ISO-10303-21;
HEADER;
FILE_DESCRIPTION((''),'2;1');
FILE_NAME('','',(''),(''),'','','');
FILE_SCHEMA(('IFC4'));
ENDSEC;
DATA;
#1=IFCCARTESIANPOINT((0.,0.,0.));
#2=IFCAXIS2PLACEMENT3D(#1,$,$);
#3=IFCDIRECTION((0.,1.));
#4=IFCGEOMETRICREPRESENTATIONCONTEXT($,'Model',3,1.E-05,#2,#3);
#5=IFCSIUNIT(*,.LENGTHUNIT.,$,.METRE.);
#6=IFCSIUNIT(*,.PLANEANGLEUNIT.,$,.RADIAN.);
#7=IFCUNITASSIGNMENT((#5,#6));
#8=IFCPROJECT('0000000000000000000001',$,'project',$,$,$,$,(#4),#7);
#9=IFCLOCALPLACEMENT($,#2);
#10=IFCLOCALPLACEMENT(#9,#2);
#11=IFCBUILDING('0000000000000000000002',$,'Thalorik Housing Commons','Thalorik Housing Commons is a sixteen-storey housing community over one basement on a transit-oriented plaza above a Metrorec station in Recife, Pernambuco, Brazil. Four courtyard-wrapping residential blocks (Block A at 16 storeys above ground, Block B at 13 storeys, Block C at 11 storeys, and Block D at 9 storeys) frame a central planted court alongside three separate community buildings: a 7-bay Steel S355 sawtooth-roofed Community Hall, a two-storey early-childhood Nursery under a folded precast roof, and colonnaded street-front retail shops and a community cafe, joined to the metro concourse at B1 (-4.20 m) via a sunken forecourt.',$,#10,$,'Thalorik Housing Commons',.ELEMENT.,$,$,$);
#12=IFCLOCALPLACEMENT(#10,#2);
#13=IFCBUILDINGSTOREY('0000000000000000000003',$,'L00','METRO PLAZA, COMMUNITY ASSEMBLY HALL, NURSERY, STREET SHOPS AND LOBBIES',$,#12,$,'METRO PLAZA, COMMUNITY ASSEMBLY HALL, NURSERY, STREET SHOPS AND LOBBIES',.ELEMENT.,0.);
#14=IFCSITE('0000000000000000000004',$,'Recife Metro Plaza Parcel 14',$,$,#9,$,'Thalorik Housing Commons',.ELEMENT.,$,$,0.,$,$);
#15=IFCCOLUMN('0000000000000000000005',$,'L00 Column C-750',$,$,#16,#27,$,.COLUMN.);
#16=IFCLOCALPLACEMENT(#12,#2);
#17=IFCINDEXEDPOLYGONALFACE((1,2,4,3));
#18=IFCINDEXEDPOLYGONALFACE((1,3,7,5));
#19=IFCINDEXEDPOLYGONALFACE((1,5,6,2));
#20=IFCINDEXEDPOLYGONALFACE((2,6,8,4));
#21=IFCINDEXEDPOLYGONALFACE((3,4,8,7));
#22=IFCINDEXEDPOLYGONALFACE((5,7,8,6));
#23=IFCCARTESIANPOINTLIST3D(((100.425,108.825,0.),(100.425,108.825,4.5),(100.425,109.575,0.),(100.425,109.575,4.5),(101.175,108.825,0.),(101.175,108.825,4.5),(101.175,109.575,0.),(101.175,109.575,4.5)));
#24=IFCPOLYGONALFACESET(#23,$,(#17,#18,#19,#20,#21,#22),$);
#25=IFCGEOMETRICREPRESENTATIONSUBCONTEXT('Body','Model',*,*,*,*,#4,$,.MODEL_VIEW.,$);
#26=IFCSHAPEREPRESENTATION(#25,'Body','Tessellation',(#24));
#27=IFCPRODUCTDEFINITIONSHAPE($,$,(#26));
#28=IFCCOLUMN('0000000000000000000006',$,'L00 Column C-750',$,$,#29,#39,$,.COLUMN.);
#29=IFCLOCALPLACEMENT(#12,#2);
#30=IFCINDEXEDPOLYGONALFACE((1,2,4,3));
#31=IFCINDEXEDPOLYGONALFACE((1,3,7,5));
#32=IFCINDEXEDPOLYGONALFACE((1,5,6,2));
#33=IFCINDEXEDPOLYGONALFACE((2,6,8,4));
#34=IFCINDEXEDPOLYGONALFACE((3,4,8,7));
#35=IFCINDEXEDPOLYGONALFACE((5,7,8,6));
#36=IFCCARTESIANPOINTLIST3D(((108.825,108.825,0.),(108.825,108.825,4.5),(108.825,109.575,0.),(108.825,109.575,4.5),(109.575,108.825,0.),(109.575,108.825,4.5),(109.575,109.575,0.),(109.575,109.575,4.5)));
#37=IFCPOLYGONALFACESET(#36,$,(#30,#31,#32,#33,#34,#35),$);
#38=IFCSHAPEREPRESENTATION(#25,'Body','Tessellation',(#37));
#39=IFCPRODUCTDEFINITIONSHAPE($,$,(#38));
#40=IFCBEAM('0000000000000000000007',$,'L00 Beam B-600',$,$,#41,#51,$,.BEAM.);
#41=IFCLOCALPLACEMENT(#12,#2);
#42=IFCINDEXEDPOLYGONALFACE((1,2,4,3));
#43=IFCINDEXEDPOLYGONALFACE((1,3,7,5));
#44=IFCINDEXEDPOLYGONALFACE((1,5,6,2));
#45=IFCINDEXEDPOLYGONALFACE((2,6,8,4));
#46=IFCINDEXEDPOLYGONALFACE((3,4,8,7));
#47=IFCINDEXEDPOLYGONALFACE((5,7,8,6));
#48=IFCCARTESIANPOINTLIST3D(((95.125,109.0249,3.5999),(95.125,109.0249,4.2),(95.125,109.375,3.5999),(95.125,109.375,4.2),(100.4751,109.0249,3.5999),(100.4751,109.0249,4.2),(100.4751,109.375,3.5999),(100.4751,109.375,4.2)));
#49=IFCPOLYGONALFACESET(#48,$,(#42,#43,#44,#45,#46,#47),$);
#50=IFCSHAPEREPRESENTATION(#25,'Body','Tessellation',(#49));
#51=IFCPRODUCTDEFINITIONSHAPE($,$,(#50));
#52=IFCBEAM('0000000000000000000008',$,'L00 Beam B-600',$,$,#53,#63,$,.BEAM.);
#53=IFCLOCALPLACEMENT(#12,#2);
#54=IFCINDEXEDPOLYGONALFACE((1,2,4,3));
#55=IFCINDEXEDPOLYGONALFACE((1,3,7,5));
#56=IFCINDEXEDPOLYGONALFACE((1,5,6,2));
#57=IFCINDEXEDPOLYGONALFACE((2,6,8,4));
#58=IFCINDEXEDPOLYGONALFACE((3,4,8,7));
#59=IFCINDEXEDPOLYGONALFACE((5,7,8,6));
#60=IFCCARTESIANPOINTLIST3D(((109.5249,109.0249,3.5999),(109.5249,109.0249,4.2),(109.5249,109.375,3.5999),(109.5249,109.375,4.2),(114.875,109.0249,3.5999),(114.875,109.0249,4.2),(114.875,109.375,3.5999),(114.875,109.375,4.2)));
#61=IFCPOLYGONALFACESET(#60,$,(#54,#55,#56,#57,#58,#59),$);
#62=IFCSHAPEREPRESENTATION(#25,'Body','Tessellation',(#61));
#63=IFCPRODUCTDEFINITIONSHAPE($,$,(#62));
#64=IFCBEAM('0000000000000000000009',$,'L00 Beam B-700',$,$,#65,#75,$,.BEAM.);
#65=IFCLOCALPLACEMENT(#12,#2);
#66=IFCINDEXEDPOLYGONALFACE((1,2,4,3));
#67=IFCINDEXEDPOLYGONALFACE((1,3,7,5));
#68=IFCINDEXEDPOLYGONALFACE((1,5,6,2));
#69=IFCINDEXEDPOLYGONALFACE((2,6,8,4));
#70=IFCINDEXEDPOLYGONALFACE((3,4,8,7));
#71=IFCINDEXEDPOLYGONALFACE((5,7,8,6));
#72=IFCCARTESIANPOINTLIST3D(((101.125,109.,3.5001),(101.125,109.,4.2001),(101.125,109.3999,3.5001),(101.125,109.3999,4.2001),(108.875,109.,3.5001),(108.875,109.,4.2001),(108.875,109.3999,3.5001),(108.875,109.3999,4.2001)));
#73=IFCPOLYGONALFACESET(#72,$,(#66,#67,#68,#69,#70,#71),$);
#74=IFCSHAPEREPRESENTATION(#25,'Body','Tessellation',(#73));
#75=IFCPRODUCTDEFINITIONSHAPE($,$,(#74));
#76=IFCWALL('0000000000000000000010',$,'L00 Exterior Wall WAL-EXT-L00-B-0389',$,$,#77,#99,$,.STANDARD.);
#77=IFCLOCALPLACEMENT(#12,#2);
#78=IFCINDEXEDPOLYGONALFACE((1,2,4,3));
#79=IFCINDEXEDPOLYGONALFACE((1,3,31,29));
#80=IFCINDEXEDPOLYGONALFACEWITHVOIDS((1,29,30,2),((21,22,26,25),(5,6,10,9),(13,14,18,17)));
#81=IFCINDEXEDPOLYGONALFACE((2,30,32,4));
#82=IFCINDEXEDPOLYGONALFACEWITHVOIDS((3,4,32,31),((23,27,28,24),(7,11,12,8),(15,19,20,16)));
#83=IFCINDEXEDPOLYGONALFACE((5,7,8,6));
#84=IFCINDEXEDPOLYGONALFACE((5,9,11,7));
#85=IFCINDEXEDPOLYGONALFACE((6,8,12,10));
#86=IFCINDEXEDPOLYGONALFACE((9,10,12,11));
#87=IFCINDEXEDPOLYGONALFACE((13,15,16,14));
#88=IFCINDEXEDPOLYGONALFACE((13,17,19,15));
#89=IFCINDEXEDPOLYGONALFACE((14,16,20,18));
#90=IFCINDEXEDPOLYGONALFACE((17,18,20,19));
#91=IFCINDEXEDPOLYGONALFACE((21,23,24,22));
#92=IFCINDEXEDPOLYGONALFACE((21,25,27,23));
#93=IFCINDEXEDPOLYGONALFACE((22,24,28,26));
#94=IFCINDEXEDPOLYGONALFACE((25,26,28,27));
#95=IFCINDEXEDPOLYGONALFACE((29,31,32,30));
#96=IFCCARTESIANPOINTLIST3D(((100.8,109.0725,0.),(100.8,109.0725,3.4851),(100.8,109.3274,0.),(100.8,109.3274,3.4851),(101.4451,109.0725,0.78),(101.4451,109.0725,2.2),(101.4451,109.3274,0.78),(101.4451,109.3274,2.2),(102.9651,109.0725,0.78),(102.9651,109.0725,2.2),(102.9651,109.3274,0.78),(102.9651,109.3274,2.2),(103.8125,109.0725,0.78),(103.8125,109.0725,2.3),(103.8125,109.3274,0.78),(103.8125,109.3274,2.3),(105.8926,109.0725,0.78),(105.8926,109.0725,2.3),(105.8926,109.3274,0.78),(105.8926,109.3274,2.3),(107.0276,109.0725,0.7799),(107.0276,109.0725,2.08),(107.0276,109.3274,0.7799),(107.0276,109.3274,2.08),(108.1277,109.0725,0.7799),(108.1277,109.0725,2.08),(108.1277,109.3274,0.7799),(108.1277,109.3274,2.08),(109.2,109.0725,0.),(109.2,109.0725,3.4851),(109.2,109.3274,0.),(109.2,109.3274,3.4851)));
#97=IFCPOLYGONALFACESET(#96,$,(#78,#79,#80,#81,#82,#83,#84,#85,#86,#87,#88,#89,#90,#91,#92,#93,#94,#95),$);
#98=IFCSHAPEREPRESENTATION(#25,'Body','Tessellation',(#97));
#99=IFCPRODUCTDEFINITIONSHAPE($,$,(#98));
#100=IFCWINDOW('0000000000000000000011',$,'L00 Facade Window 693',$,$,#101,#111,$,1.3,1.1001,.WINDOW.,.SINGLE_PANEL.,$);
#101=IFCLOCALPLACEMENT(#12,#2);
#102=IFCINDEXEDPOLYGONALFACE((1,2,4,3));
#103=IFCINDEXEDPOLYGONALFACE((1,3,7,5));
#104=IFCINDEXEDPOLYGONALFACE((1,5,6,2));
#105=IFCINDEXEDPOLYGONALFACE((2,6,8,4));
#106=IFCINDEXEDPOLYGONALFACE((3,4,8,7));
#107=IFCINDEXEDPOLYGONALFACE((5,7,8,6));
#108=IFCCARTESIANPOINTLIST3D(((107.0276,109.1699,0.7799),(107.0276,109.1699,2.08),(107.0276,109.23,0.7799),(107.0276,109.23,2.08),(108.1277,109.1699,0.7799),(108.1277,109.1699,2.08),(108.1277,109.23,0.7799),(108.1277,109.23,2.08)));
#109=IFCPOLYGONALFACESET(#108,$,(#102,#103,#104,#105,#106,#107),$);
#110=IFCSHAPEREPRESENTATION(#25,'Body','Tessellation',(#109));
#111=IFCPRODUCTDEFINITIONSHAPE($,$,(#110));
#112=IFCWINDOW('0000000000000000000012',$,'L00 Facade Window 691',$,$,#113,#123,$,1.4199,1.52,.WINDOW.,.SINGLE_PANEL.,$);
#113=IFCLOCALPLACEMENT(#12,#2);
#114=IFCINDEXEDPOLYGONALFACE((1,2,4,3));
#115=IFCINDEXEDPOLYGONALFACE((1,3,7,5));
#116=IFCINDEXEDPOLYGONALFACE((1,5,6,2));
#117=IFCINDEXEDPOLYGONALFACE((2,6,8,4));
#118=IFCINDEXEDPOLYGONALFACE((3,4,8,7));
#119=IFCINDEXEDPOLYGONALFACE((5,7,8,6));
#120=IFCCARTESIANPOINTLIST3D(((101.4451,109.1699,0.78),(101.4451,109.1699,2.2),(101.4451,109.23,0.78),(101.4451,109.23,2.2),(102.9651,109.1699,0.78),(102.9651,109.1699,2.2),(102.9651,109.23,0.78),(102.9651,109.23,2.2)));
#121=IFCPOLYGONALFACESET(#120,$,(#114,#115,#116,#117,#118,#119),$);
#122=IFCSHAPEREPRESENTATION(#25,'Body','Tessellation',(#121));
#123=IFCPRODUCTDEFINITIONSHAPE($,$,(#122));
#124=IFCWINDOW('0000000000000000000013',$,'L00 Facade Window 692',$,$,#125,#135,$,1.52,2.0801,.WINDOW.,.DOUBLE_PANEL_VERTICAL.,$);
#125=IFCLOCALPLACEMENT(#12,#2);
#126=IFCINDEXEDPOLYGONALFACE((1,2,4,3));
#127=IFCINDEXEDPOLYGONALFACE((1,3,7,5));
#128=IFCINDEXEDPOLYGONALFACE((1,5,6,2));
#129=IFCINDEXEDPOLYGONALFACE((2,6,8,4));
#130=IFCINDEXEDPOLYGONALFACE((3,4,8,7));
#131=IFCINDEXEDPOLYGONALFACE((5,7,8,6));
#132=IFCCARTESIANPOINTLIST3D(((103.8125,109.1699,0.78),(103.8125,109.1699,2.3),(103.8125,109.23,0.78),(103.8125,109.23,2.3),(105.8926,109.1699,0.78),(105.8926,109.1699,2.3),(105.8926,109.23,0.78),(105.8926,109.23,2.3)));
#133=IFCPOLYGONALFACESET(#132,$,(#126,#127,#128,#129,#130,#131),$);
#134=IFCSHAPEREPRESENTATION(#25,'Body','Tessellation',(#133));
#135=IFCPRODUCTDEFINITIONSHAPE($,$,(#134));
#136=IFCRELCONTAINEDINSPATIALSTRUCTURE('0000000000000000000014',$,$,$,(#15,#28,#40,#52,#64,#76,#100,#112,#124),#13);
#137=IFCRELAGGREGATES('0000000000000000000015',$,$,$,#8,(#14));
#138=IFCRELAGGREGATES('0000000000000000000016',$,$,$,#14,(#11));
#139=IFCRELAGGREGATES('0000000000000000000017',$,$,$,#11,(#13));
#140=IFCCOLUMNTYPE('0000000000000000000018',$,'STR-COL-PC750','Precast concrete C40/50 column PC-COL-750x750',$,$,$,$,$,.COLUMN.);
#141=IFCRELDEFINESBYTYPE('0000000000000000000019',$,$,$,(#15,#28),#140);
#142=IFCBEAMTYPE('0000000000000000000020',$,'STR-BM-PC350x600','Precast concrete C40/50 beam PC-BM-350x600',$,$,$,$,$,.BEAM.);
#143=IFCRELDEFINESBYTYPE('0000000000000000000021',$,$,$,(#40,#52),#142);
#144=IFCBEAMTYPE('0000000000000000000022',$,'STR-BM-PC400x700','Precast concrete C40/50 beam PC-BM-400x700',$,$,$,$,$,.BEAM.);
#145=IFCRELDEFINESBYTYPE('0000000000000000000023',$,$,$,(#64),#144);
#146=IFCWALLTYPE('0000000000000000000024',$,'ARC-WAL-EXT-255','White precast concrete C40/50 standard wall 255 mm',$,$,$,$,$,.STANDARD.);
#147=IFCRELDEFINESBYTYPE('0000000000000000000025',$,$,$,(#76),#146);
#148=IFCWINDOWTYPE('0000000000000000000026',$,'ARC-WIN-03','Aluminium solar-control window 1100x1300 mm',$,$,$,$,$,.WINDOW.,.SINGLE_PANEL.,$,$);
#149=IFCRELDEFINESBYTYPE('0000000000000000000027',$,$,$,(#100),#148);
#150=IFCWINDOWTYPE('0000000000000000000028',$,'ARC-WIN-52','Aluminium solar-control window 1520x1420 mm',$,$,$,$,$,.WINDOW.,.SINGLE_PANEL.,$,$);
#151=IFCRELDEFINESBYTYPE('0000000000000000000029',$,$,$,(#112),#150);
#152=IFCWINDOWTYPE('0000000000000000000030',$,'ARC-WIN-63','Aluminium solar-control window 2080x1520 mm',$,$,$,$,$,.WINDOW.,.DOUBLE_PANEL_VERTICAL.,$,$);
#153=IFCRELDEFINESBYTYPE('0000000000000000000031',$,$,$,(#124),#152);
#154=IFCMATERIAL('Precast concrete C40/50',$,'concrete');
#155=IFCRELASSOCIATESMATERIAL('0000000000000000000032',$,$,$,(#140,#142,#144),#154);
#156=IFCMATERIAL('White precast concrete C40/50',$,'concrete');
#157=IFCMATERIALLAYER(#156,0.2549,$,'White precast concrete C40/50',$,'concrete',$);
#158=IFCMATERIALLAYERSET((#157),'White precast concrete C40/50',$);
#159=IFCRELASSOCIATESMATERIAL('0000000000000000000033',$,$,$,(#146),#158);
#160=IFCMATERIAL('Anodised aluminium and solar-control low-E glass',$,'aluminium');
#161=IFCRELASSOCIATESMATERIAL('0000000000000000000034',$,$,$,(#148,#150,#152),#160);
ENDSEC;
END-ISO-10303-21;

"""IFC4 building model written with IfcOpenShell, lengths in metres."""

from ifc_helpers import new_model, si_unit, direction, frame, frame_2d, origin, origin_2d, place, context, subcontext, project, spatial, rectangle, extrude, material, layer, layer_set, material_profile, profile_set, type_object, element, fill, save


model = new_model("IFC4")

# Units and contexts
model_context = context("Model", 3, precision=1e-05, world=origin(), true_north=direction((0.0, 1.0)))
body_context = subcontext(model_context, "Body", "Model", "MODEL_VIEW")
ifc_project = project(units=[si_unit("LENGTHUNIT", "METRE"), si_unit("PLANEANGLEUNIT", "RADIAN")], contexts=[model_context])

# Site, building, storey
site_placement = place(None, origin())
site = spatial("IfcSite", under=ifc_project, at=site_placement, Name="Recife Metro Plaza Parcel 14", LongName="Thalorik Housing Commons", CompositionType="ELEMENT", RefElevation=0.0)
building_placement = place(site_placement, origin())
building = spatial("IfcBuilding", under=site, at=building_placement, Name="Thalorik Housing Commons", Description="Thalorik Housing Commons is a sixteen-storey housing community over one basement on a transit-oriented plaza above a Metrorec station in Recife, Pernambuco, Brazil. Four courtyard-wrapping residential blocks (Block A at 16 storeys above ground, Block B at 13 storeys, Block C at 11 storeys, and Block D at 9 storeys) frame a central planted court alongside three separate community buildings: a 7-bay Steel S355 sawtooth-roofed Community Hall, a two-storey early-childhood Nursery under a folded precast roof, and colonnaded street-front retail shops and a community cafe, joined to the metro concourse at B1 (-4.20 m) via a sunken forecourt.", LongName="Thalorik Housing Commons", CompositionType="ELEMENT")
storey_placement = place(building_placement, origin())
storey = spatial("IfcBuildingStorey", under=building, at=storey_placement, Name="L00", Description="METRO PLAZA, COMMUNITY ASSEMBLY HALL, NURSERY, STREET SHOPS AND LOBBIES", LongName="METRO PLAZA, COMMUNITY ASSEMBLY HALL, NURSERY, STREET SHOPS AND LOBBIES", CompositionType="ELEMENT", Elevation=0.0)

# Columns
ifc_material_1 = material(Name="Precast concrete C40/50", Category="concrete")
ifc_material_profile_1 = material_profile(ifc_material_1, rectangle(XDim=0.75, YDim=0.75, at=origin_2d()), Name="PC 750x750", Category="concrete")
ifc_profile_set_1 = profile_set([ifc_material_profile_1], Name="Precast concrete C40/50")
column_type = type_object("IfcColumnType", Name="STR-COL-PC750", Description="Precast concrete C40/50 column PC-COL-750x750", PredefinedType="COLUMN", material=ifc_profile_set_1)
for number, where, z_axis, x_axis, name in (
    (1, (100.8, 109.2, 0.0), (0.0, 0.0, 1.0), (1.0, 0.0, 0.0), "L00 Column C-750"),
    (2, (109.2, 109.2, 0.0), (0.0, 0.0, 1.0), (1.0, 0.0, 0.0), "L00 Column C-750"),
):
    element("IfcColumn", number, at=place(storey_placement, frame(where, z_axis=z_axis, x_axis=x_axis)), inside=storey, type_object=column_type, Name=name, PredefinedType="COLUMN", context=body_context, shape_type="SweptSolid", body=[
        extrude(rectangle(XDim=0.75, YDim=0.75, at=origin_2d()), origin(), (0.0, 0.0, 1.0), 4.5),
    ])

# Beams
ifc_material_profile_2 = material_profile(ifc_material_1, rectangle(XDim=0.3501, YDim=0.6001, at=origin_2d()), Name="PC 350x600", Category="concrete")
ifc_profile_set_2 = profile_set([ifc_material_profile_2], Name="Precast concrete C40/50")
beam_type_1 = type_object("IfcBeamType", Name="STR-BM-PC350x600", Description="Precast concrete C40/50 beam PC-BM-350x600", PredefinedType="BEAM", material=ifc_profile_set_2)
for number, where, z_axis, x_axis, name in (
    (3, (95.125, 109.2, 3.8999), (1.0, 0.0, 0.0), (0.0, 1.0, 0.0), "L00 Beam B-600"),
    (4, (109.5249, 109.2, 3.8999), (1.0, 0.0, 0.0), (0.0, 1.0, 0.0), "L00 Beam B-600"),
):
    element("IfcBeam", number, at=place(storey_placement, frame(where, z_axis=z_axis, x_axis=x_axis)), inside=storey, type_object=beam_type_1, Name=name, PredefinedType="BEAM", context=body_context, shape_type="SweptSolid", body=[
        extrude(rectangle(XDim=0.3501, YDim=0.6001, at=origin_2d()), origin(), (0.0, 0.0, 1.0), 5.3501),
    ])
ifc_material_profile_3 = material_profile(ifc_material_1, rectangle(XDim=0.3999, YDim=0.7, at=origin_2d()), Name="PC 400x700", Category="concrete")
ifc_profile_set_3 = profile_set([ifc_material_profile_3], Name="Precast concrete C40/50")
beam_type_2 = type_object("IfcBeamType", Name="STR-BM-PC400x700", Description="Precast concrete C40/50 beam PC-BM-400x700", PredefinedType="BEAM", material=ifc_profile_set_3)
beam_placement = place(storey_placement, frame((101.125, 109.2, 3.8501), z_axis=(1.0, 0.0, 0.0), x_axis=(0.0, 1.0, 0.0)))
element("IfcBeam", 5, at=beam_placement, inside=storey, type_object=beam_type_2, Name="L00 Beam B-700", PredefinedType="BEAM", context=body_context, shape_type="SweptSolid", body=[
    extrude(rectangle(XDim=0.3999, YDim=0.7, at=origin_2d()), origin(), (0.0, 0.0, 1.0), 7.75),
])

# Wall, openings, windows
ifc_material_2 = material(Name="White precast concrete C40/50", Category="concrete")
ifc_layer_1 = layer(ifc_material_2, 0.2549, Name="White precast concrete C40/50", Category="concrete")
ifc_layer_set_1 = layer_set([ifc_layer_1], Name="White precast concrete C40/50")
wall_type = type_object("IfcWallType", Name="ARC-WAL-EXT-255", Description="White precast concrete C40/50 standard wall 255 mm", PredefinedType="STANDARD", material=ifc_layer_set_1)
wall_1_placement = place(storey_placement, frame((100.8, 109.2, 0.0), z_axis=(0.0, 0.0, 1.0), x_axis=(1.0, 0.0, 0.0)))
wall_1 = element("IfcWall", 6, at=wall_1_placement, inside=storey, type_object=wall_type, Name="L00 Exterior Wall WAL-EXT-L00-B-0389", PredefinedType="STANDARD", context=body_context, shape_type="SweptSolid", body=[
    extrude(rectangle(XDim=8.3999, YDim=0.2549, at=frame_2d((4.2, 0.0))), origin(), (0.0, 0.0, 1.0), 3.4851),
])
opening_1_placement = place(wall_1_placement, frame((0.645, 0.0, 0.78)))
opening_1 = element("IfcOpeningElement", 7, at=opening_1_placement, cuts=wall_1, PredefinedType="OPENING", context=body_context, shape_type="SweptSolid", body=[
    extrude(rectangle(XDim=1.52, YDim=1.4199, at=frame_2d((0.76, 0.71))), frame((0.0, 0.1375, 0.0), z_axis=(0.0, -1.0, 0.0), x_axis=(1.0, 0.0, 0.0)), (0.0, 0.0, 1.0), 0.2749),
])
opening_2_placement = place(wall_1_placement, frame((3.0125, 0.0, 0.78)))
opening_2 = element("IfcOpeningElement", 8, at=opening_2_placement, cuts=wall_1, PredefinedType="OPENING", context=body_context, shape_type="SweptSolid", body=[
    extrude(rectangle(XDim=2.0801, YDim=1.52, at=frame_2d((1.04, 0.76))), frame((0.0, 0.1375, 0.0), z_axis=(0.0, -1.0, 0.0), x_axis=(1.0, 0.0, 0.0)), (0.0, 0.0, 1.0), 0.2749),
])
opening_3_placement = place(wall_1_placement, frame((6.2275, 0.0, 0.78)))
opening_3 = element("IfcOpeningElement", 9, at=opening_3_placement, cuts=wall_1, PredefinedType="OPENING", context=body_context, shape_type="SweptSolid", body=[
    extrude(rectangle(XDim=1.1001, YDim=1.3, at=frame_2d((0.55, 0.6499))), frame((0.0, 0.1375, 0.0), z_axis=(0.0, -1.0, 0.0), x_axis=(1.0, 0.0, 0.0)), (0.0, 0.0, 1.0), 0.2749),
])
ifc_material_3 = material(Name="Anodised aluminium and solar-control low-E glass", Category="aluminium")
window_type_1 = type_object("IfcWindowType", Name="ARC-WIN-03", Description="Aluminium solar-control window 1100x1300 mm", PartitioningType="SINGLE_PANEL", PredefinedType="WINDOW", material=ifc_material_3)
window_1_placement = place(opening_3_placement, origin())
window_1 = element("IfcWindow", 10, at=window_1_placement, inside=storey, type_object=window_type_1, Name="L00 Facade Window 693", OverallHeight=1.3, OverallWidth=1.1001, PartitioningType="SINGLE_PANEL", PredefinedType="WINDOW", context=body_context, shape_type="SweptSolid", body=[
    extrude(rectangle(XDim=1.1001, YDim=1.3, at=frame_2d((0.55, 0.6499))), frame((0.0, 0.03, 0.0), z_axis=(0.0, -1.0, 0.0), x_axis=(1.0, 0.0, 0.0)), (0.0, 0.0, 1.0), 0.0601),
])
fill(opening_3, window_1)
window_type_2 = type_object("IfcWindowType", Name="ARC-WIN-52", Description="Aluminium solar-control window 1520x1420 mm", PartitioningType="SINGLE_PANEL", PredefinedType="WINDOW", material=ifc_material_3)
window_2_placement = place(opening_1_placement, origin())
window_2 = element("IfcWindow", 11, at=window_2_placement, inside=storey, type_object=window_type_2, Name="L00 Facade Window 691", OverallHeight=1.4199, OverallWidth=1.52, PartitioningType="SINGLE_PANEL", PredefinedType="WINDOW", context=body_context, shape_type="SweptSolid", body=[
    extrude(rectangle(XDim=1.52, YDim=1.4199, at=frame_2d((0.76, 0.71))), frame((0.0, 0.03, 0.0), z_axis=(0.0, -1.0, 0.0), x_axis=(1.0, 0.0, 0.0)), (0.0, 0.0, 1.0), 0.0601),
])
fill(opening_1, window_2)
window_type_3 = type_object("IfcWindowType", Name="ARC-WIN-63", Description="Aluminium solar-control window 2080x1520 mm", PartitioningType="DOUBLE_PANEL_VERTICAL", PredefinedType="WINDOW", material=ifc_material_3)
window_3_placement = place(opening_2_placement, origin())
window_3 = element("IfcWindow", 12, at=window_3_placement, inside=storey, type_object=window_type_3, Name="L00 Facade Window 692", OverallHeight=1.52, OverallWidth=2.0801, PartitioningType="DOUBLE_PANEL_VERTICAL", PredefinedType="WINDOW", context=body_context, shape_type="SweptSolid", body=[
    extrude(rectangle(XDim=2.0801, YDim=1.52, at=frame_2d((1.04, 0.76))), frame((0.0, 0.03, 0.0), z_axis=(0.0, -1.0, 0.0), x_axis=(1.0, 0.0, 0.0)), (0.0, 0.0, 1.0), 0.0601),
])
fill(opening_2, window_3)

save(model, "model.ifc")
